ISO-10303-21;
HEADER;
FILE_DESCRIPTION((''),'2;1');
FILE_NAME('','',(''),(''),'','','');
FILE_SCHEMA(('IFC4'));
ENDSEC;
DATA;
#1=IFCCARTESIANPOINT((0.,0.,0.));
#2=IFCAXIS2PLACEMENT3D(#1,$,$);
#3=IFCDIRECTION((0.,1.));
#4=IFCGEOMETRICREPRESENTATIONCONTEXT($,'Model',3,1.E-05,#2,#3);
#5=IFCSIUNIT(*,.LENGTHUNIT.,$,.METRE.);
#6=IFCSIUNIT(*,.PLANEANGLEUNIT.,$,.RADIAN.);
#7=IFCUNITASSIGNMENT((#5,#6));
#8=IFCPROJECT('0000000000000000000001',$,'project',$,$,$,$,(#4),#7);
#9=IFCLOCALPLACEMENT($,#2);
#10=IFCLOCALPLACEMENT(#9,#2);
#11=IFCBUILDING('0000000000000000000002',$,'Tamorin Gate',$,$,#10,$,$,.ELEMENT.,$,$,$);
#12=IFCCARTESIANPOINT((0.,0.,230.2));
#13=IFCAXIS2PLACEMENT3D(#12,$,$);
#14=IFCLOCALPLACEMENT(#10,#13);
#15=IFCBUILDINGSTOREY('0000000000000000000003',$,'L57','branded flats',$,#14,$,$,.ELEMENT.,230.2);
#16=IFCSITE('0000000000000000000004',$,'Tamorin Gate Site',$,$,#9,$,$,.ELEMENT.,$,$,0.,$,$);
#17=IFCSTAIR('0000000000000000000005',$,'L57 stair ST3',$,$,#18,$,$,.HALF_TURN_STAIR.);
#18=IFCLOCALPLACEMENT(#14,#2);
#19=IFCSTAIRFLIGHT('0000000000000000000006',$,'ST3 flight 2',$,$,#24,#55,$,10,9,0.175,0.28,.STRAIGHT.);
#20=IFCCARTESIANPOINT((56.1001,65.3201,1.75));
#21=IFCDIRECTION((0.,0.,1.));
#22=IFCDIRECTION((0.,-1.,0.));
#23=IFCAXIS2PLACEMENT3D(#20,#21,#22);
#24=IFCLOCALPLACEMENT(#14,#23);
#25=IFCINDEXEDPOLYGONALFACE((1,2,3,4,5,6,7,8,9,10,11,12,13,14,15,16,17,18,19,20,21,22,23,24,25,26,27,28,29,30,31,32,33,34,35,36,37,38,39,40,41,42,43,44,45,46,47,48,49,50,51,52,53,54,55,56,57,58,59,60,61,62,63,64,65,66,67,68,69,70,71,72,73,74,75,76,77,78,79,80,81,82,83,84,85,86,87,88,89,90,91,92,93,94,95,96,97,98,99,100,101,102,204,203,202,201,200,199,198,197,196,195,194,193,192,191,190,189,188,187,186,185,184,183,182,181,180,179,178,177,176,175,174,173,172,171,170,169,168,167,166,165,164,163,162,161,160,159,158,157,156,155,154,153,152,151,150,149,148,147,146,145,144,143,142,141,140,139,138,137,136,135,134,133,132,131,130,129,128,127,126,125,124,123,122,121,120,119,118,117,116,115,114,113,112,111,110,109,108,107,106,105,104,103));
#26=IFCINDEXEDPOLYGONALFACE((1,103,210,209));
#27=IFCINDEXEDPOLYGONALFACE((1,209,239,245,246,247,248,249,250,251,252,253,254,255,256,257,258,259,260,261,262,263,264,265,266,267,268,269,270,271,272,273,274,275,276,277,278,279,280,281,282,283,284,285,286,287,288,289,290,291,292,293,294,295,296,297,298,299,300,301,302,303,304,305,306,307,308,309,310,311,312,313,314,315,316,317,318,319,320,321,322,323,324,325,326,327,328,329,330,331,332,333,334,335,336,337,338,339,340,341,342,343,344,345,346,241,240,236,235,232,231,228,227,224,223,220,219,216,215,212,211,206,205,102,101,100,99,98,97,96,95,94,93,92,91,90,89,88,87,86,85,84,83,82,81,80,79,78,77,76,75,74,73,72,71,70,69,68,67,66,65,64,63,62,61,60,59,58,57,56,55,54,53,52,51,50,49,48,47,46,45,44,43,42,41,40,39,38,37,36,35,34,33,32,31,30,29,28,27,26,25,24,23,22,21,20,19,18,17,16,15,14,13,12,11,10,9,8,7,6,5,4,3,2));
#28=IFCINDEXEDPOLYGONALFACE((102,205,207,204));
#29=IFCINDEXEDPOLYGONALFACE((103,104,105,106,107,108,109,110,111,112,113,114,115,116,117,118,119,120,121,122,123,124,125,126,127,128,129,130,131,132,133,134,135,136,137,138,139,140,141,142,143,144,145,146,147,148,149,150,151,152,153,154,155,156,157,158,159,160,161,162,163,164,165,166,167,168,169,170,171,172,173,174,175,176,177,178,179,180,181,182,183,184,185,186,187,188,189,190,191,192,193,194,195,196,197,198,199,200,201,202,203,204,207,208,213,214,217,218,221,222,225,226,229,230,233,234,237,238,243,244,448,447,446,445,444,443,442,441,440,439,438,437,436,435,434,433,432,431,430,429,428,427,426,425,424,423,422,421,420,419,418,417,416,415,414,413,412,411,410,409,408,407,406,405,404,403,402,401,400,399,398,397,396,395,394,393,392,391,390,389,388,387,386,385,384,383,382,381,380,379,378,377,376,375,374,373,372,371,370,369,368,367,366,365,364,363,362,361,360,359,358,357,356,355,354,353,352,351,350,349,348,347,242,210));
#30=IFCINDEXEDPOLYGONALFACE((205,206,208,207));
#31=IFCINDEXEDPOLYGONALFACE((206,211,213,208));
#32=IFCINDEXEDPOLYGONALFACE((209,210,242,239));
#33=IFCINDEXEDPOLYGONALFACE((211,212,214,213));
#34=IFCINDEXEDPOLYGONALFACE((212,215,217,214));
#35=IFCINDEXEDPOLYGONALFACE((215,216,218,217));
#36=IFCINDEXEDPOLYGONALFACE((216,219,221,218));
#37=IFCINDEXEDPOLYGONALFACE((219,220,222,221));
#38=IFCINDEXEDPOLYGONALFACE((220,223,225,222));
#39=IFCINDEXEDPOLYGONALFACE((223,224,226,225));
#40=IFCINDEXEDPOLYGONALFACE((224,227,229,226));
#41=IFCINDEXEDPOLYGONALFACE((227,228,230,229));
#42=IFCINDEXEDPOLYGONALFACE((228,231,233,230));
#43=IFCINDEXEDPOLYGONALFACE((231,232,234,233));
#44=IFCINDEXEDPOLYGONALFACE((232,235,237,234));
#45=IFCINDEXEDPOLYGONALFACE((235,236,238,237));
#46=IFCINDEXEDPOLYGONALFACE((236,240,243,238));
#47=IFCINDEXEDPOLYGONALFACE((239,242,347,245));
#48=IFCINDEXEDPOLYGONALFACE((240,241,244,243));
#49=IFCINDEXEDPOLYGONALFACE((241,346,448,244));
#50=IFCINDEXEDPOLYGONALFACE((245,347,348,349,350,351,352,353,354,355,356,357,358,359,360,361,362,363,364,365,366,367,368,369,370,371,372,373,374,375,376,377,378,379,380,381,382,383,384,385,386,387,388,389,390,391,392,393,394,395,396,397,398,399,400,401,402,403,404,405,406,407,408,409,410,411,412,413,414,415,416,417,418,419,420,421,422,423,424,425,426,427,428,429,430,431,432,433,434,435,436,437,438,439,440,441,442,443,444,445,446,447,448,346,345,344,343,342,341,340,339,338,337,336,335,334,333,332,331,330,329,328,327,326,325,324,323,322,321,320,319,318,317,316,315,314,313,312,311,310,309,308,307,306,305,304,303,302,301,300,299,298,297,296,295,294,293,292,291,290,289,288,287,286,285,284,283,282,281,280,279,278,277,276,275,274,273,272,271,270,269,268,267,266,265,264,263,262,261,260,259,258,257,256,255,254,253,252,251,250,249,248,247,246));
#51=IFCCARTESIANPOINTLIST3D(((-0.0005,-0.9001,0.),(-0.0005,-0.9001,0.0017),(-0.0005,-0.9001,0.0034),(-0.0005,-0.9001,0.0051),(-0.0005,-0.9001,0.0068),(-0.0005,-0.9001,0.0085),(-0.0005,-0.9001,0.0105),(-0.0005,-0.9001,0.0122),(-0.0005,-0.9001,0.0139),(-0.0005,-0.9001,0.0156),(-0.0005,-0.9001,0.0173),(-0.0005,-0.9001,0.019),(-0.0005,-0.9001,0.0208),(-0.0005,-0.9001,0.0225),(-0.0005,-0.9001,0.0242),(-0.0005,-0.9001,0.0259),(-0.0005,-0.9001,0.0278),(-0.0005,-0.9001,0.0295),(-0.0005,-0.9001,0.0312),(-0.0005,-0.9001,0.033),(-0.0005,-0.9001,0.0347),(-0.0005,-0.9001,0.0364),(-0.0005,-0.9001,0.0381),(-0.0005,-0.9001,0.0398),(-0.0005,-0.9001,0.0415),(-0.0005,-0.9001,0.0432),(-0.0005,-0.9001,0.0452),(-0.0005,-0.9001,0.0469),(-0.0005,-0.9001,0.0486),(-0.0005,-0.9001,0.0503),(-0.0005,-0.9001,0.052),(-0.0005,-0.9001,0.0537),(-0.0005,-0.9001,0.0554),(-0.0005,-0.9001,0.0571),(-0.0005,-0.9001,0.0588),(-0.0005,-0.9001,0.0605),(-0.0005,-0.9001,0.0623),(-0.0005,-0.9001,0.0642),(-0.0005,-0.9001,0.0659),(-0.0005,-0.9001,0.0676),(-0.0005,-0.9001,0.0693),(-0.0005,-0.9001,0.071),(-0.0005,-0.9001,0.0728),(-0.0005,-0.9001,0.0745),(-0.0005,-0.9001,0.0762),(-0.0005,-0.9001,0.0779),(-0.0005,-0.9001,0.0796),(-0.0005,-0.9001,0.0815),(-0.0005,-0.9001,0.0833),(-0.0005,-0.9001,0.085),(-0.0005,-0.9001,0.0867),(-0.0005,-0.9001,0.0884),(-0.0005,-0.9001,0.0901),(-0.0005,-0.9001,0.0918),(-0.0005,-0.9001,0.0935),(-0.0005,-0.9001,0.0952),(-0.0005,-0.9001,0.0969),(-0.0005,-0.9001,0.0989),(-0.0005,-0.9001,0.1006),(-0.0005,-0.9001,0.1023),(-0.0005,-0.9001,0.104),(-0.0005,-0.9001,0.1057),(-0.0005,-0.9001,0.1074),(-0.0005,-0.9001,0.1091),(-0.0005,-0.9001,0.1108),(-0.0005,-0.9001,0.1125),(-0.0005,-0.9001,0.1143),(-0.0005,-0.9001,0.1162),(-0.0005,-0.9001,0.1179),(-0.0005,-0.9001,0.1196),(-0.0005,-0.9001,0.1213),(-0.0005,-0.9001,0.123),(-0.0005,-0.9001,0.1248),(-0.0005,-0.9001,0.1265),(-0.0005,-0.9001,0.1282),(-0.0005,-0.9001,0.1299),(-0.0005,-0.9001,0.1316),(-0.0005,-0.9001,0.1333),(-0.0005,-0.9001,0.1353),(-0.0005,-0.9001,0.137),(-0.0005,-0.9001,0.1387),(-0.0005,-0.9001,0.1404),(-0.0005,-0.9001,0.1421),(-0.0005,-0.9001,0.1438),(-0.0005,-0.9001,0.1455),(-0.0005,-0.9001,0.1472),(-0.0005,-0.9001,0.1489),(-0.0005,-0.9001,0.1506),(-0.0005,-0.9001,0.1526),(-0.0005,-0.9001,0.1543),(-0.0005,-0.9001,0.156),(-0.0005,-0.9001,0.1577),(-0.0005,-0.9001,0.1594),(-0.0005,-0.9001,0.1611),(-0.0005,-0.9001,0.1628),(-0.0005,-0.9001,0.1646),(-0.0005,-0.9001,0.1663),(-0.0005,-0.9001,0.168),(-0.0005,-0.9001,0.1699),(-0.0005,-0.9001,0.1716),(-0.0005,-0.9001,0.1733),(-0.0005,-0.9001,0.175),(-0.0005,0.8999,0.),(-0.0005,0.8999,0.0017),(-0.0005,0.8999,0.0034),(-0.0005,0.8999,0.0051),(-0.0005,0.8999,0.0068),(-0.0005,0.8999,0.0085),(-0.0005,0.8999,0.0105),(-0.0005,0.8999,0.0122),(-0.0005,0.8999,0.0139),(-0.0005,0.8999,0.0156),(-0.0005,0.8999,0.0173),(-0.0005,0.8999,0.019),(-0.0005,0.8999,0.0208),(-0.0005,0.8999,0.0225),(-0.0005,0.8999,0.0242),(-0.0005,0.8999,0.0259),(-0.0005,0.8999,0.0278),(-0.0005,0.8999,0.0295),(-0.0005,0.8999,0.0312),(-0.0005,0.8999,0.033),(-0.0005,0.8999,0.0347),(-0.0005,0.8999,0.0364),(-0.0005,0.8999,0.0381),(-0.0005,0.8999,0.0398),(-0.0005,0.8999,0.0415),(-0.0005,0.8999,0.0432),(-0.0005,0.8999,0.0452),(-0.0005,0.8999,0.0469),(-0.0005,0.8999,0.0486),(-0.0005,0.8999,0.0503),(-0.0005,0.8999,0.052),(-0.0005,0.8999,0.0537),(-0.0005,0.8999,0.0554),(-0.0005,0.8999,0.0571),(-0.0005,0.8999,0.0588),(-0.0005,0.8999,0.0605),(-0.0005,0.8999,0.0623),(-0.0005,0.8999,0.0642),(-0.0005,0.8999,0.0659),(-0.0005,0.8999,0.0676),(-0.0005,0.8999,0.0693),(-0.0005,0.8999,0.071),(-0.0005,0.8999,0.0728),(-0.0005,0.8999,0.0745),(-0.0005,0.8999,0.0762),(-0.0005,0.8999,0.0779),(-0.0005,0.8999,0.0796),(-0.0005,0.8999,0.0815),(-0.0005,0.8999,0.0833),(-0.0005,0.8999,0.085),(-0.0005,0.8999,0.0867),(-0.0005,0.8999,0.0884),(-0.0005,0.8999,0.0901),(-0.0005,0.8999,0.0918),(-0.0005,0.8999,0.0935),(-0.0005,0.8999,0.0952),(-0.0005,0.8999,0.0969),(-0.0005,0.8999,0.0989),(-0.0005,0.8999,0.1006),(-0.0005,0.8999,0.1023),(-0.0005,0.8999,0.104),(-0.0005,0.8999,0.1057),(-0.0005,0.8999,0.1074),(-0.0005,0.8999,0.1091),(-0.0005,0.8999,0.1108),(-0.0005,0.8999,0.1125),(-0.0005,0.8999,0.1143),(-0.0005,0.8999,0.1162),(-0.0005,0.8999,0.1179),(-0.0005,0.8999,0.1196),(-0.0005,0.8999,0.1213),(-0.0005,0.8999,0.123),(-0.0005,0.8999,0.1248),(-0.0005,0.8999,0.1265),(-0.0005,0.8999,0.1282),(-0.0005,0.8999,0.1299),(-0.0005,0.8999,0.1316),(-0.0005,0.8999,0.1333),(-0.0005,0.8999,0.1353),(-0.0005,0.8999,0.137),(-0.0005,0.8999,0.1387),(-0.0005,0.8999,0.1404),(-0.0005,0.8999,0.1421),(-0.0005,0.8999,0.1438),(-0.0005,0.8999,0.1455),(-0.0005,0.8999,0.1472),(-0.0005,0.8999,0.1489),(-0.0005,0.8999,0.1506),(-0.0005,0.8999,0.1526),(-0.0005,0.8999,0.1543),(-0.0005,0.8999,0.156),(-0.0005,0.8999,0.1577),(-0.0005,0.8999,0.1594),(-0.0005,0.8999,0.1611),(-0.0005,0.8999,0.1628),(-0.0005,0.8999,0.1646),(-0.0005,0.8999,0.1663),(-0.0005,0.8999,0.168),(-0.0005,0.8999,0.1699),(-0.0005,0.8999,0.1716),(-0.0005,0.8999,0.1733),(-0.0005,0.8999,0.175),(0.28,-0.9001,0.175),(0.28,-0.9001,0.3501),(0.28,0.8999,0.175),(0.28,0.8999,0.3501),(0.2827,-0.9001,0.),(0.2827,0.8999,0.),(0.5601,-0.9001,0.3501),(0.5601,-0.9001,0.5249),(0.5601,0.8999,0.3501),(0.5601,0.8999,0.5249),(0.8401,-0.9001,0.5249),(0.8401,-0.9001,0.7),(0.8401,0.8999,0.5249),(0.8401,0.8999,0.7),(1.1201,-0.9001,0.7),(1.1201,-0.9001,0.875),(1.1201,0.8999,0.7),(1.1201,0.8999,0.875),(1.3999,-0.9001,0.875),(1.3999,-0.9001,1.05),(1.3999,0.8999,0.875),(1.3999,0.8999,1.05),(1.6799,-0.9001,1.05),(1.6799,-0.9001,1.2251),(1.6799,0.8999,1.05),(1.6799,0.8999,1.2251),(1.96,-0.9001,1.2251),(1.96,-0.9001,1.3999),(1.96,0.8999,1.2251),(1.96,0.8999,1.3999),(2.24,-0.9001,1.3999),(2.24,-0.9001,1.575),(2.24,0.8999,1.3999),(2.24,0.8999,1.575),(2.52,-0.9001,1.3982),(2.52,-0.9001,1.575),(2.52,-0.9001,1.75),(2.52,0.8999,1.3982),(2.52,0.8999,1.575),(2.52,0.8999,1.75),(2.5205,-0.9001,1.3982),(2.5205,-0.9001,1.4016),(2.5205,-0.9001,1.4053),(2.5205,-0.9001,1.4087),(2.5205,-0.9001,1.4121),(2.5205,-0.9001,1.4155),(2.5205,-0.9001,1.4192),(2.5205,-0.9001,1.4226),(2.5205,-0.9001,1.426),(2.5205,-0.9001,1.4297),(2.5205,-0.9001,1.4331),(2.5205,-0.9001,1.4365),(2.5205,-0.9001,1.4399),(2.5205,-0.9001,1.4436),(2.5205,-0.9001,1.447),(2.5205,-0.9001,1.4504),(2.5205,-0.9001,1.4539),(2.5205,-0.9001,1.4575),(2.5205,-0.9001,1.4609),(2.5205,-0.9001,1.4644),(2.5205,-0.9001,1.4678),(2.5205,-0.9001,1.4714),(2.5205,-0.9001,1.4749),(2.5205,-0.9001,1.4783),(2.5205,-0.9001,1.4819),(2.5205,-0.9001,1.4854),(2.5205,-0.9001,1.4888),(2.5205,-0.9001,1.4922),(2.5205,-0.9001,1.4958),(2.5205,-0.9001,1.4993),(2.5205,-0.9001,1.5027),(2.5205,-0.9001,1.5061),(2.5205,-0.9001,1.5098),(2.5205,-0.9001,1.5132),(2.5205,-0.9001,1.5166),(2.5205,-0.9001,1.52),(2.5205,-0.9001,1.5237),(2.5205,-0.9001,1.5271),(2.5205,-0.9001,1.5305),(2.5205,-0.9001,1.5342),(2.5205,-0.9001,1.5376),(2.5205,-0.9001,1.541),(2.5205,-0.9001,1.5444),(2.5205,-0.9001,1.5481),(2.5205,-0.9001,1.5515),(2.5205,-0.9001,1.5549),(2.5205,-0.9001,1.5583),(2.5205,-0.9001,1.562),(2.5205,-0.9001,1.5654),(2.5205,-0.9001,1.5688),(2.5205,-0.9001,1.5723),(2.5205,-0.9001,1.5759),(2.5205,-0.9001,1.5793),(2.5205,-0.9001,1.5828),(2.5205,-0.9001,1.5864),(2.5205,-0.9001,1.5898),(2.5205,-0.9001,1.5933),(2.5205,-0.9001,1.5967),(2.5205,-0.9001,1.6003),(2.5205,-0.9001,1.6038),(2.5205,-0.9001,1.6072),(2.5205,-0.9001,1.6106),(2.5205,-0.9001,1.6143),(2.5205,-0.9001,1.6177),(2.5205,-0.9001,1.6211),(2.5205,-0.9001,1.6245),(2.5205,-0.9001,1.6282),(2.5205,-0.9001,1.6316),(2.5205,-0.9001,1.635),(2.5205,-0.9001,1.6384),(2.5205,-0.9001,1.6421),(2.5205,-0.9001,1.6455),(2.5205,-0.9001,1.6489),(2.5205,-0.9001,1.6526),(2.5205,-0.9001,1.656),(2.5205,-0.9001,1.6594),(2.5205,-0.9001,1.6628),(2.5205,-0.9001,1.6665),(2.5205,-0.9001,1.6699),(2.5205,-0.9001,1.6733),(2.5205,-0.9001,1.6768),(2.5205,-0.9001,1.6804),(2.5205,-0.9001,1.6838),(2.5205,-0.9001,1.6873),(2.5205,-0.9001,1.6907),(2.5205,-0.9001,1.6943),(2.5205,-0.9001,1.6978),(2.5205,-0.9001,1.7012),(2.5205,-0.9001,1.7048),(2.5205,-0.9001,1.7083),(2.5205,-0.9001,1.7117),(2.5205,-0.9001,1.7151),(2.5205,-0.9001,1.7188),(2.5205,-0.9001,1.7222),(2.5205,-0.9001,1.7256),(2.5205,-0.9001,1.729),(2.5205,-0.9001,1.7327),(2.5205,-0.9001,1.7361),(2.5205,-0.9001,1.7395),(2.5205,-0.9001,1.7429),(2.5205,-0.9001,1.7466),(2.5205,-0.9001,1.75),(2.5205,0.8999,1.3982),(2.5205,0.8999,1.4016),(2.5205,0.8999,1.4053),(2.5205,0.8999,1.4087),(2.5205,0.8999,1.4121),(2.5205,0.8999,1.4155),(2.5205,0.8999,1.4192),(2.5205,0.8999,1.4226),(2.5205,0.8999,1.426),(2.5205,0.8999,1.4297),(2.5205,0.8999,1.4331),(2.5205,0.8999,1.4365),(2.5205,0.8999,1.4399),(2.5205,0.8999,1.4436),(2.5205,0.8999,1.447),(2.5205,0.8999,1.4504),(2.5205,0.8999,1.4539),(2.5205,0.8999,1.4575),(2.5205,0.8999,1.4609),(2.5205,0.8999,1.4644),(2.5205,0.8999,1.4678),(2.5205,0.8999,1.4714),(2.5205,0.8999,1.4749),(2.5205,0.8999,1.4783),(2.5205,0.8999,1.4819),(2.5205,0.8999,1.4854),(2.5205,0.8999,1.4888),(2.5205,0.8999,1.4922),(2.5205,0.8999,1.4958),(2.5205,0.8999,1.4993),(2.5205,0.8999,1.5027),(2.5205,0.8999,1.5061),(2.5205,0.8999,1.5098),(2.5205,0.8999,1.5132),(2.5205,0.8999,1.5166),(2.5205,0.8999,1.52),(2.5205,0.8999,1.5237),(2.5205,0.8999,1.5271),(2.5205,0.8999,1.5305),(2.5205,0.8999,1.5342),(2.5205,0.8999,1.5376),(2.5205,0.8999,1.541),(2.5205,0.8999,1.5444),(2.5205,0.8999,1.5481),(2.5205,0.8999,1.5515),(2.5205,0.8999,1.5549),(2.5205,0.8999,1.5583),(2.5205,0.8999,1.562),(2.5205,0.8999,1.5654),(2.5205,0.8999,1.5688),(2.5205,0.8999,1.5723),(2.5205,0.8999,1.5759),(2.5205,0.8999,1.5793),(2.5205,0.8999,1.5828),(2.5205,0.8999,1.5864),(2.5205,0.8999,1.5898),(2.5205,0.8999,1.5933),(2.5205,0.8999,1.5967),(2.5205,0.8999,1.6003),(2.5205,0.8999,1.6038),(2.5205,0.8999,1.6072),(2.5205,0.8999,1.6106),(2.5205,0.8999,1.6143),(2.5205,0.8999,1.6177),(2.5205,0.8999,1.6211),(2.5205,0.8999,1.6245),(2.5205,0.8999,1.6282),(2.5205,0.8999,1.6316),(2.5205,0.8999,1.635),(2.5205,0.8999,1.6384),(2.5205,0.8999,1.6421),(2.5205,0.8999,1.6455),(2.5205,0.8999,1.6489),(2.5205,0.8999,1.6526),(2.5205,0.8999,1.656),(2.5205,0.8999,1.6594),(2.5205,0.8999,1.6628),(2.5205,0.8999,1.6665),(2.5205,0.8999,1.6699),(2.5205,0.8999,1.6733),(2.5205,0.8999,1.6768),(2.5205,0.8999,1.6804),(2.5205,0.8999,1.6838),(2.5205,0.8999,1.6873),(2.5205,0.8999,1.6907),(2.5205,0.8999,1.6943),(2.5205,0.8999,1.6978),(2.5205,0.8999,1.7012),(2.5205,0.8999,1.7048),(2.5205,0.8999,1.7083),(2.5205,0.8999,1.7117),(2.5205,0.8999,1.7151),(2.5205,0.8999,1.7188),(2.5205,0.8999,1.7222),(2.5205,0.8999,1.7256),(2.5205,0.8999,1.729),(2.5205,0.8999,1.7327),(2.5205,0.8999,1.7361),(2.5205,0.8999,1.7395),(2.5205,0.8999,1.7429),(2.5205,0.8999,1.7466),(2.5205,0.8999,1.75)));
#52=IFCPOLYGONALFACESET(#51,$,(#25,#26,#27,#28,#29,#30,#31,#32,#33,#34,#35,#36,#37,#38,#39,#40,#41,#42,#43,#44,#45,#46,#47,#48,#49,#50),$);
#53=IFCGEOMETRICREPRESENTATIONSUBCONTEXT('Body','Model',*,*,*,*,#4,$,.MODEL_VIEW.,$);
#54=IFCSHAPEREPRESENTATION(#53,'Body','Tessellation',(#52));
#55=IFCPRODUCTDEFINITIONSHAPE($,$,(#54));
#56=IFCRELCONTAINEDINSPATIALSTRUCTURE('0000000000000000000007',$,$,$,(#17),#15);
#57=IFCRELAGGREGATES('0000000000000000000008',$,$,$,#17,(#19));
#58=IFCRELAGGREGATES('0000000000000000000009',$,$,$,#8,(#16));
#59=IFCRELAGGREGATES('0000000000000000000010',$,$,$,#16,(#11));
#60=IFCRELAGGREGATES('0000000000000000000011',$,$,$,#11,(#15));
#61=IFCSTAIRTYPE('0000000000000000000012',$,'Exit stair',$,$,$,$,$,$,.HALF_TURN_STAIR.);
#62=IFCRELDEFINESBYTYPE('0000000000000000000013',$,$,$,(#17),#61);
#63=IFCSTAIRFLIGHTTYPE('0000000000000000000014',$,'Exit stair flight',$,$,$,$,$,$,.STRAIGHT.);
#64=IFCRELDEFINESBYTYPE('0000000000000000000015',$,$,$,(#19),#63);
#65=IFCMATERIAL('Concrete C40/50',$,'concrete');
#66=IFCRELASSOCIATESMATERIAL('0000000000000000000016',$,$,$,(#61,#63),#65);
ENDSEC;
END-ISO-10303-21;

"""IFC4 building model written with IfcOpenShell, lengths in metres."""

from ifc_helpers import new_model, si_unit, direction, frame, origin, place, context, subcontext, project, spatial, polyline, outline, extrude, material, type_object, element, aggregate, save


model = new_model("IFC4")

# Units and contexts
model_context = context("Model", 3, precision=1e-05, world=origin(), true_north=direction((0.0, 1.0)))
body_context = subcontext(model_context, "Body", "Model", "MODEL_VIEW")
ifc_project = project(units=[si_unit("LENGTHUNIT", "METRE"), si_unit("PLANEANGLEUNIT", "RADIAN")], contexts=[model_context])

# Site, building, storey
site_placement = place(None, origin())
site = spatial("IfcSite", under=ifc_project, at=site_placement, Name="Tamorin Gate Site", CompositionType="ELEMENT", RefElevation=0.0)
building_placement = place(site_placement, origin())
building = spatial("IfcBuilding", under=site, at=building_placement, Name="Tamorin Gate", CompositionType="ELEMENT")
storey_placement = place(building_placement, frame((0.0, 0.0, 230.2)))
storey = spatial("IfcBuildingStorey", under=building, at=storey_placement, Name="L57", Description="branded flats", CompositionType="ELEMENT", Elevation=230.2)

# Stair, stair flight
ifc_material_1 = material(Name="Concrete C40/50", Category="concrete")
stair_type = type_object("IfcStairType", Name="Exit stair", PredefinedType="HALF_TURN_STAIR", material=ifc_material_1)
stair_placement = place(storey_placement, origin())
stair = element("IfcStair", 1, at=stair_placement, inside=storey, type_object=stair_type, Name="L57 stair ST3", PredefinedType="HALF_TURN_STAIR")
stair_flight_type = type_object("IfcStairFlightType", Name="Exit stair flight", PredefinedType="STRAIGHT", material=ifc_material_1)
stair_flight_1_placement = place(storey_placement, frame((56.1001, 65.3201, 1.75), z_axis=(0.0, 0.0, 1.0), x_axis=(0.0, -1.0, 0.0)))
stair_flight_1 = element("IfcStairFlight", 2, at=stair_flight_1_placement, type_object=stair_flight_type, Name="ST3 flight 2", NumberOfRisers=10, NumberOfTreads=9, PredefinedType="STRAIGHT", RiserHeight=0.175, TreadLength=0.28, context=body_context, shape_type="SweptSolid", body=[
    extrude(outline(polyline([(-0.0005, 0.0), (-0.0005, 0.0017), (-0.0005, 0.0034), (-0.0005, 0.0051), (-0.0005, 0.0068), (-0.0005, 0.0085), (-0.0005, 0.0105), (-0.0005, 0.0122), (-0.0005, 0.0139), (-0.0005, 0.0156), (-0.0005, 0.0173), (-0.0005, 0.019), (-0.0005, 0.0208), (-0.0005, 0.0225), (-0.0005, 0.0242), (-0.0005, 0.0259), (-0.0005, 0.0278), (-0.0005, 0.0295), (-0.0005, 0.0312), (-0.0005, 0.033), (-0.0005, 0.0347), (-0.0005, 0.0364), (-0.0005, 0.0381), (-0.0005, 0.0398), (-0.0005, 0.0415), (-0.0005, 0.0432), (-0.0005, 0.0452), (-0.0005, 0.0469), (-0.0005, 0.0486), (-0.0005, 0.0503), (-0.0005, 0.052), (-0.0005, 0.0537), (-0.0005, 0.0554), (-0.0005, 0.0571), (-0.0005, 0.0588), (-0.0005, 0.0605), (-0.0005, 0.0623), (-0.0005, 0.0642), (-0.0005, 0.0659), (-0.0005, 0.0676), (-0.0005, 0.0693), (-0.0005, 0.071), (-0.0005, 0.0728), (-0.0005, 0.0745), (-0.0005, 0.0762), (-0.0005, 0.0779), (-0.0005, 0.0796), (-0.0005, 0.0815), (-0.0005, 0.0833), (-0.0005, 0.085), (-0.0005, 0.0867), (-0.0005, 0.0884), (-0.0005, 0.0901), (-0.0005, 0.0918), (-0.0005, 0.0935), (-0.0005, 0.0952), (-0.0005, 0.0969), (-0.0005, 0.0989), (-0.0005, 0.1006), (-0.0005, 0.1023), (-0.0005, 0.104), (-0.0005, 0.1057), (-0.0005, 0.1074), (-0.0005, 0.1091), (-0.0005, 0.1108), (-0.0005, 0.1125), (-0.0005, 0.1143), (-0.0005, 0.1162), (-0.0005, 0.1179), (-0.0005, 0.1196), (-0.0005, 0.1213), (-0.0005, 0.123), (-0.0005, 0.1248), (-0.0005, 0.1265), (-0.0005, 0.1282), (-0.0005, 0.1299), (-0.0005, 0.1316), (-0.0005, 0.1333), (-0.0005, 0.1353), (-0.0005, 0.137), (-0.0005, 0.1387), (-0.0005, 0.1404), (-0.0005, 0.1421), (-0.0005, 0.1438), (-0.0005, 0.1455), (-0.0005, 0.1472), (-0.0005, 0.1489), (-0.0005, 0.1506), (-0.0005, 0.1526), (-0.0005, 0.1543), (-0.0005, 0.156), (-0.0005, 0.1577), (-0.0005, 0.1594), (-0.0005, 0.1611), (-0.0005, 0.1628), (-0.0005, 0.1646), (-0.0005, 0.1663), (-0.0005, 0.168), (-0.0005, 0.1699), (-0.0005, 0.1716), (-0.0005, 0.1733), (-0.0005, 0.175), (0.28, 0.175), (0.28, 0.3501), (0.5601, 0.3501), (0.5601, 0.5249), (0.8401, 0.5249), (0.8401, 0.7), (1.1201, 0.7), (1.1201, 0.875), (1.3999, 0.875), (1.3999, 1.05), (1.6799, 1.05), (1.6799, 1.2251), (1.96, 1.2251), (1.96, 1.3999), (2.24, 1.3999), (2.24, 1.575), (2.52, 1.575), (2.52, 1.75), (2.5205, 1.75), (2.5205, 1.7466), (2.5205, 1.7429), (2.5205, 1.7395), (2.5205, 1.7361), (2.5205, 1.7327), (2.5205, 1.729), (2.5205, 1.7256), (2.5205, 1.7222), (2.5205, 1.7188), (2.5205, 1.7151), (2.5205, 1.7117), (2.5205, 1.7083), (2.5205, 1.7048), (2.5205, 1.7012), (2.5205, 1.6978), (2.5205, 1.6943), (2.5205, 1.6907), (2.5205, 1.6873), (2.5205, 1.6838), (2.5205, 1.6804), (2.5205, 1.6768), (2.5205, 1.6733), (2.5205, 1.6699), (2.5205, 1.6665), (2.5205, 1.6628), (2.5205, 1.6594), (2.5205, 1.656), (2.5205, 1.6526), (2.5205, 1.6489), (2.5205, 1.6455), (2.5205, 1.6421), (2.5205, 1.6384), (2.5205, 1.635), (2.5205, 1.6316), (2.5205, 1.6282), (2.5205, 1.6245), (2.5205, 1.6211), (2.5205, 1.6177), (2.5205, 1.6143), (2.5205, 1.6106), (2.5205, 1.6072), (2.5205, 1.6038), (2.5205, 1.6003), (2.5205, 1.5967), (2.5205, 1.5933), (2.5205, 1.5898), (2.5205, 1.5864), (2.5205, 1.5828), (2.5205, 1.5793), (2.5205, 1.5759), (2.5205, 1.5723), (2.5205, 1.5688), (2.5205, 1.5654), (2.5205, 1.562), (2.5205, 1.5583), (2.5205, 1.5549), (2.5205, 1.5515), (2.5205, 1.5481), (2.5205, 1.5444), (2.5205, 1.541), (2.5205, 1.5376), (2.5205, 1.5342), (2.5205, 1.5305), (2.5205, 1.5271), (2.5205, 1.5237), (2.5205, 1.52), (2.5205, 1.5166), (2.5205, 1.5132), (2.5205, 1.5098), (2.5205, 1.5061), (2.5205, 1.5027), (2.5205, 1.4993), (2.5205, 1.4958), (2.5205, 1.4922), (2.5205, 1.4888), (2.5205, 1.4854), (2.5205, 1.4819), (2.5205, 1.4783), (2.5205, 1.4749), (2.5205, 1.4714), (2.5205, 1.4678), (2.5205, 1.4644), (2.5205, 1.4609), (2.5205, 1.4575), (2.5205, 1.4539), (2.5205, 1.4504), (2.5205, 1.447), (2.5205, 1.4436), (2.5205, 1.4399), (2.5205, 1.4365), (2.5205, 1.4331), (2.5205, 1.4297), (2.5205, 1.426), (2.5205, 1.4226), (2.5205, 1.4192), (2.5205, 1.4155), (2.5205, 1.4121), (2.5205, 1.4087), (2.5205, 1.4053), (2.5205, 1.4016), (2.5205, 1.3982), (2.52, 1.3982), (0.2827, 0.0), (-0.0005, 0.0)])), frame((0.0, 0.8999, 0.0), z_axis=(0.0, -1.0, 0.0), x_axis=(1.0, 0.0, 0.0)), (0.0, 0.0, 1.0), 1.8),
])
aggregate(stair, [stair_flight_1])

save(model, "model.ifc")
